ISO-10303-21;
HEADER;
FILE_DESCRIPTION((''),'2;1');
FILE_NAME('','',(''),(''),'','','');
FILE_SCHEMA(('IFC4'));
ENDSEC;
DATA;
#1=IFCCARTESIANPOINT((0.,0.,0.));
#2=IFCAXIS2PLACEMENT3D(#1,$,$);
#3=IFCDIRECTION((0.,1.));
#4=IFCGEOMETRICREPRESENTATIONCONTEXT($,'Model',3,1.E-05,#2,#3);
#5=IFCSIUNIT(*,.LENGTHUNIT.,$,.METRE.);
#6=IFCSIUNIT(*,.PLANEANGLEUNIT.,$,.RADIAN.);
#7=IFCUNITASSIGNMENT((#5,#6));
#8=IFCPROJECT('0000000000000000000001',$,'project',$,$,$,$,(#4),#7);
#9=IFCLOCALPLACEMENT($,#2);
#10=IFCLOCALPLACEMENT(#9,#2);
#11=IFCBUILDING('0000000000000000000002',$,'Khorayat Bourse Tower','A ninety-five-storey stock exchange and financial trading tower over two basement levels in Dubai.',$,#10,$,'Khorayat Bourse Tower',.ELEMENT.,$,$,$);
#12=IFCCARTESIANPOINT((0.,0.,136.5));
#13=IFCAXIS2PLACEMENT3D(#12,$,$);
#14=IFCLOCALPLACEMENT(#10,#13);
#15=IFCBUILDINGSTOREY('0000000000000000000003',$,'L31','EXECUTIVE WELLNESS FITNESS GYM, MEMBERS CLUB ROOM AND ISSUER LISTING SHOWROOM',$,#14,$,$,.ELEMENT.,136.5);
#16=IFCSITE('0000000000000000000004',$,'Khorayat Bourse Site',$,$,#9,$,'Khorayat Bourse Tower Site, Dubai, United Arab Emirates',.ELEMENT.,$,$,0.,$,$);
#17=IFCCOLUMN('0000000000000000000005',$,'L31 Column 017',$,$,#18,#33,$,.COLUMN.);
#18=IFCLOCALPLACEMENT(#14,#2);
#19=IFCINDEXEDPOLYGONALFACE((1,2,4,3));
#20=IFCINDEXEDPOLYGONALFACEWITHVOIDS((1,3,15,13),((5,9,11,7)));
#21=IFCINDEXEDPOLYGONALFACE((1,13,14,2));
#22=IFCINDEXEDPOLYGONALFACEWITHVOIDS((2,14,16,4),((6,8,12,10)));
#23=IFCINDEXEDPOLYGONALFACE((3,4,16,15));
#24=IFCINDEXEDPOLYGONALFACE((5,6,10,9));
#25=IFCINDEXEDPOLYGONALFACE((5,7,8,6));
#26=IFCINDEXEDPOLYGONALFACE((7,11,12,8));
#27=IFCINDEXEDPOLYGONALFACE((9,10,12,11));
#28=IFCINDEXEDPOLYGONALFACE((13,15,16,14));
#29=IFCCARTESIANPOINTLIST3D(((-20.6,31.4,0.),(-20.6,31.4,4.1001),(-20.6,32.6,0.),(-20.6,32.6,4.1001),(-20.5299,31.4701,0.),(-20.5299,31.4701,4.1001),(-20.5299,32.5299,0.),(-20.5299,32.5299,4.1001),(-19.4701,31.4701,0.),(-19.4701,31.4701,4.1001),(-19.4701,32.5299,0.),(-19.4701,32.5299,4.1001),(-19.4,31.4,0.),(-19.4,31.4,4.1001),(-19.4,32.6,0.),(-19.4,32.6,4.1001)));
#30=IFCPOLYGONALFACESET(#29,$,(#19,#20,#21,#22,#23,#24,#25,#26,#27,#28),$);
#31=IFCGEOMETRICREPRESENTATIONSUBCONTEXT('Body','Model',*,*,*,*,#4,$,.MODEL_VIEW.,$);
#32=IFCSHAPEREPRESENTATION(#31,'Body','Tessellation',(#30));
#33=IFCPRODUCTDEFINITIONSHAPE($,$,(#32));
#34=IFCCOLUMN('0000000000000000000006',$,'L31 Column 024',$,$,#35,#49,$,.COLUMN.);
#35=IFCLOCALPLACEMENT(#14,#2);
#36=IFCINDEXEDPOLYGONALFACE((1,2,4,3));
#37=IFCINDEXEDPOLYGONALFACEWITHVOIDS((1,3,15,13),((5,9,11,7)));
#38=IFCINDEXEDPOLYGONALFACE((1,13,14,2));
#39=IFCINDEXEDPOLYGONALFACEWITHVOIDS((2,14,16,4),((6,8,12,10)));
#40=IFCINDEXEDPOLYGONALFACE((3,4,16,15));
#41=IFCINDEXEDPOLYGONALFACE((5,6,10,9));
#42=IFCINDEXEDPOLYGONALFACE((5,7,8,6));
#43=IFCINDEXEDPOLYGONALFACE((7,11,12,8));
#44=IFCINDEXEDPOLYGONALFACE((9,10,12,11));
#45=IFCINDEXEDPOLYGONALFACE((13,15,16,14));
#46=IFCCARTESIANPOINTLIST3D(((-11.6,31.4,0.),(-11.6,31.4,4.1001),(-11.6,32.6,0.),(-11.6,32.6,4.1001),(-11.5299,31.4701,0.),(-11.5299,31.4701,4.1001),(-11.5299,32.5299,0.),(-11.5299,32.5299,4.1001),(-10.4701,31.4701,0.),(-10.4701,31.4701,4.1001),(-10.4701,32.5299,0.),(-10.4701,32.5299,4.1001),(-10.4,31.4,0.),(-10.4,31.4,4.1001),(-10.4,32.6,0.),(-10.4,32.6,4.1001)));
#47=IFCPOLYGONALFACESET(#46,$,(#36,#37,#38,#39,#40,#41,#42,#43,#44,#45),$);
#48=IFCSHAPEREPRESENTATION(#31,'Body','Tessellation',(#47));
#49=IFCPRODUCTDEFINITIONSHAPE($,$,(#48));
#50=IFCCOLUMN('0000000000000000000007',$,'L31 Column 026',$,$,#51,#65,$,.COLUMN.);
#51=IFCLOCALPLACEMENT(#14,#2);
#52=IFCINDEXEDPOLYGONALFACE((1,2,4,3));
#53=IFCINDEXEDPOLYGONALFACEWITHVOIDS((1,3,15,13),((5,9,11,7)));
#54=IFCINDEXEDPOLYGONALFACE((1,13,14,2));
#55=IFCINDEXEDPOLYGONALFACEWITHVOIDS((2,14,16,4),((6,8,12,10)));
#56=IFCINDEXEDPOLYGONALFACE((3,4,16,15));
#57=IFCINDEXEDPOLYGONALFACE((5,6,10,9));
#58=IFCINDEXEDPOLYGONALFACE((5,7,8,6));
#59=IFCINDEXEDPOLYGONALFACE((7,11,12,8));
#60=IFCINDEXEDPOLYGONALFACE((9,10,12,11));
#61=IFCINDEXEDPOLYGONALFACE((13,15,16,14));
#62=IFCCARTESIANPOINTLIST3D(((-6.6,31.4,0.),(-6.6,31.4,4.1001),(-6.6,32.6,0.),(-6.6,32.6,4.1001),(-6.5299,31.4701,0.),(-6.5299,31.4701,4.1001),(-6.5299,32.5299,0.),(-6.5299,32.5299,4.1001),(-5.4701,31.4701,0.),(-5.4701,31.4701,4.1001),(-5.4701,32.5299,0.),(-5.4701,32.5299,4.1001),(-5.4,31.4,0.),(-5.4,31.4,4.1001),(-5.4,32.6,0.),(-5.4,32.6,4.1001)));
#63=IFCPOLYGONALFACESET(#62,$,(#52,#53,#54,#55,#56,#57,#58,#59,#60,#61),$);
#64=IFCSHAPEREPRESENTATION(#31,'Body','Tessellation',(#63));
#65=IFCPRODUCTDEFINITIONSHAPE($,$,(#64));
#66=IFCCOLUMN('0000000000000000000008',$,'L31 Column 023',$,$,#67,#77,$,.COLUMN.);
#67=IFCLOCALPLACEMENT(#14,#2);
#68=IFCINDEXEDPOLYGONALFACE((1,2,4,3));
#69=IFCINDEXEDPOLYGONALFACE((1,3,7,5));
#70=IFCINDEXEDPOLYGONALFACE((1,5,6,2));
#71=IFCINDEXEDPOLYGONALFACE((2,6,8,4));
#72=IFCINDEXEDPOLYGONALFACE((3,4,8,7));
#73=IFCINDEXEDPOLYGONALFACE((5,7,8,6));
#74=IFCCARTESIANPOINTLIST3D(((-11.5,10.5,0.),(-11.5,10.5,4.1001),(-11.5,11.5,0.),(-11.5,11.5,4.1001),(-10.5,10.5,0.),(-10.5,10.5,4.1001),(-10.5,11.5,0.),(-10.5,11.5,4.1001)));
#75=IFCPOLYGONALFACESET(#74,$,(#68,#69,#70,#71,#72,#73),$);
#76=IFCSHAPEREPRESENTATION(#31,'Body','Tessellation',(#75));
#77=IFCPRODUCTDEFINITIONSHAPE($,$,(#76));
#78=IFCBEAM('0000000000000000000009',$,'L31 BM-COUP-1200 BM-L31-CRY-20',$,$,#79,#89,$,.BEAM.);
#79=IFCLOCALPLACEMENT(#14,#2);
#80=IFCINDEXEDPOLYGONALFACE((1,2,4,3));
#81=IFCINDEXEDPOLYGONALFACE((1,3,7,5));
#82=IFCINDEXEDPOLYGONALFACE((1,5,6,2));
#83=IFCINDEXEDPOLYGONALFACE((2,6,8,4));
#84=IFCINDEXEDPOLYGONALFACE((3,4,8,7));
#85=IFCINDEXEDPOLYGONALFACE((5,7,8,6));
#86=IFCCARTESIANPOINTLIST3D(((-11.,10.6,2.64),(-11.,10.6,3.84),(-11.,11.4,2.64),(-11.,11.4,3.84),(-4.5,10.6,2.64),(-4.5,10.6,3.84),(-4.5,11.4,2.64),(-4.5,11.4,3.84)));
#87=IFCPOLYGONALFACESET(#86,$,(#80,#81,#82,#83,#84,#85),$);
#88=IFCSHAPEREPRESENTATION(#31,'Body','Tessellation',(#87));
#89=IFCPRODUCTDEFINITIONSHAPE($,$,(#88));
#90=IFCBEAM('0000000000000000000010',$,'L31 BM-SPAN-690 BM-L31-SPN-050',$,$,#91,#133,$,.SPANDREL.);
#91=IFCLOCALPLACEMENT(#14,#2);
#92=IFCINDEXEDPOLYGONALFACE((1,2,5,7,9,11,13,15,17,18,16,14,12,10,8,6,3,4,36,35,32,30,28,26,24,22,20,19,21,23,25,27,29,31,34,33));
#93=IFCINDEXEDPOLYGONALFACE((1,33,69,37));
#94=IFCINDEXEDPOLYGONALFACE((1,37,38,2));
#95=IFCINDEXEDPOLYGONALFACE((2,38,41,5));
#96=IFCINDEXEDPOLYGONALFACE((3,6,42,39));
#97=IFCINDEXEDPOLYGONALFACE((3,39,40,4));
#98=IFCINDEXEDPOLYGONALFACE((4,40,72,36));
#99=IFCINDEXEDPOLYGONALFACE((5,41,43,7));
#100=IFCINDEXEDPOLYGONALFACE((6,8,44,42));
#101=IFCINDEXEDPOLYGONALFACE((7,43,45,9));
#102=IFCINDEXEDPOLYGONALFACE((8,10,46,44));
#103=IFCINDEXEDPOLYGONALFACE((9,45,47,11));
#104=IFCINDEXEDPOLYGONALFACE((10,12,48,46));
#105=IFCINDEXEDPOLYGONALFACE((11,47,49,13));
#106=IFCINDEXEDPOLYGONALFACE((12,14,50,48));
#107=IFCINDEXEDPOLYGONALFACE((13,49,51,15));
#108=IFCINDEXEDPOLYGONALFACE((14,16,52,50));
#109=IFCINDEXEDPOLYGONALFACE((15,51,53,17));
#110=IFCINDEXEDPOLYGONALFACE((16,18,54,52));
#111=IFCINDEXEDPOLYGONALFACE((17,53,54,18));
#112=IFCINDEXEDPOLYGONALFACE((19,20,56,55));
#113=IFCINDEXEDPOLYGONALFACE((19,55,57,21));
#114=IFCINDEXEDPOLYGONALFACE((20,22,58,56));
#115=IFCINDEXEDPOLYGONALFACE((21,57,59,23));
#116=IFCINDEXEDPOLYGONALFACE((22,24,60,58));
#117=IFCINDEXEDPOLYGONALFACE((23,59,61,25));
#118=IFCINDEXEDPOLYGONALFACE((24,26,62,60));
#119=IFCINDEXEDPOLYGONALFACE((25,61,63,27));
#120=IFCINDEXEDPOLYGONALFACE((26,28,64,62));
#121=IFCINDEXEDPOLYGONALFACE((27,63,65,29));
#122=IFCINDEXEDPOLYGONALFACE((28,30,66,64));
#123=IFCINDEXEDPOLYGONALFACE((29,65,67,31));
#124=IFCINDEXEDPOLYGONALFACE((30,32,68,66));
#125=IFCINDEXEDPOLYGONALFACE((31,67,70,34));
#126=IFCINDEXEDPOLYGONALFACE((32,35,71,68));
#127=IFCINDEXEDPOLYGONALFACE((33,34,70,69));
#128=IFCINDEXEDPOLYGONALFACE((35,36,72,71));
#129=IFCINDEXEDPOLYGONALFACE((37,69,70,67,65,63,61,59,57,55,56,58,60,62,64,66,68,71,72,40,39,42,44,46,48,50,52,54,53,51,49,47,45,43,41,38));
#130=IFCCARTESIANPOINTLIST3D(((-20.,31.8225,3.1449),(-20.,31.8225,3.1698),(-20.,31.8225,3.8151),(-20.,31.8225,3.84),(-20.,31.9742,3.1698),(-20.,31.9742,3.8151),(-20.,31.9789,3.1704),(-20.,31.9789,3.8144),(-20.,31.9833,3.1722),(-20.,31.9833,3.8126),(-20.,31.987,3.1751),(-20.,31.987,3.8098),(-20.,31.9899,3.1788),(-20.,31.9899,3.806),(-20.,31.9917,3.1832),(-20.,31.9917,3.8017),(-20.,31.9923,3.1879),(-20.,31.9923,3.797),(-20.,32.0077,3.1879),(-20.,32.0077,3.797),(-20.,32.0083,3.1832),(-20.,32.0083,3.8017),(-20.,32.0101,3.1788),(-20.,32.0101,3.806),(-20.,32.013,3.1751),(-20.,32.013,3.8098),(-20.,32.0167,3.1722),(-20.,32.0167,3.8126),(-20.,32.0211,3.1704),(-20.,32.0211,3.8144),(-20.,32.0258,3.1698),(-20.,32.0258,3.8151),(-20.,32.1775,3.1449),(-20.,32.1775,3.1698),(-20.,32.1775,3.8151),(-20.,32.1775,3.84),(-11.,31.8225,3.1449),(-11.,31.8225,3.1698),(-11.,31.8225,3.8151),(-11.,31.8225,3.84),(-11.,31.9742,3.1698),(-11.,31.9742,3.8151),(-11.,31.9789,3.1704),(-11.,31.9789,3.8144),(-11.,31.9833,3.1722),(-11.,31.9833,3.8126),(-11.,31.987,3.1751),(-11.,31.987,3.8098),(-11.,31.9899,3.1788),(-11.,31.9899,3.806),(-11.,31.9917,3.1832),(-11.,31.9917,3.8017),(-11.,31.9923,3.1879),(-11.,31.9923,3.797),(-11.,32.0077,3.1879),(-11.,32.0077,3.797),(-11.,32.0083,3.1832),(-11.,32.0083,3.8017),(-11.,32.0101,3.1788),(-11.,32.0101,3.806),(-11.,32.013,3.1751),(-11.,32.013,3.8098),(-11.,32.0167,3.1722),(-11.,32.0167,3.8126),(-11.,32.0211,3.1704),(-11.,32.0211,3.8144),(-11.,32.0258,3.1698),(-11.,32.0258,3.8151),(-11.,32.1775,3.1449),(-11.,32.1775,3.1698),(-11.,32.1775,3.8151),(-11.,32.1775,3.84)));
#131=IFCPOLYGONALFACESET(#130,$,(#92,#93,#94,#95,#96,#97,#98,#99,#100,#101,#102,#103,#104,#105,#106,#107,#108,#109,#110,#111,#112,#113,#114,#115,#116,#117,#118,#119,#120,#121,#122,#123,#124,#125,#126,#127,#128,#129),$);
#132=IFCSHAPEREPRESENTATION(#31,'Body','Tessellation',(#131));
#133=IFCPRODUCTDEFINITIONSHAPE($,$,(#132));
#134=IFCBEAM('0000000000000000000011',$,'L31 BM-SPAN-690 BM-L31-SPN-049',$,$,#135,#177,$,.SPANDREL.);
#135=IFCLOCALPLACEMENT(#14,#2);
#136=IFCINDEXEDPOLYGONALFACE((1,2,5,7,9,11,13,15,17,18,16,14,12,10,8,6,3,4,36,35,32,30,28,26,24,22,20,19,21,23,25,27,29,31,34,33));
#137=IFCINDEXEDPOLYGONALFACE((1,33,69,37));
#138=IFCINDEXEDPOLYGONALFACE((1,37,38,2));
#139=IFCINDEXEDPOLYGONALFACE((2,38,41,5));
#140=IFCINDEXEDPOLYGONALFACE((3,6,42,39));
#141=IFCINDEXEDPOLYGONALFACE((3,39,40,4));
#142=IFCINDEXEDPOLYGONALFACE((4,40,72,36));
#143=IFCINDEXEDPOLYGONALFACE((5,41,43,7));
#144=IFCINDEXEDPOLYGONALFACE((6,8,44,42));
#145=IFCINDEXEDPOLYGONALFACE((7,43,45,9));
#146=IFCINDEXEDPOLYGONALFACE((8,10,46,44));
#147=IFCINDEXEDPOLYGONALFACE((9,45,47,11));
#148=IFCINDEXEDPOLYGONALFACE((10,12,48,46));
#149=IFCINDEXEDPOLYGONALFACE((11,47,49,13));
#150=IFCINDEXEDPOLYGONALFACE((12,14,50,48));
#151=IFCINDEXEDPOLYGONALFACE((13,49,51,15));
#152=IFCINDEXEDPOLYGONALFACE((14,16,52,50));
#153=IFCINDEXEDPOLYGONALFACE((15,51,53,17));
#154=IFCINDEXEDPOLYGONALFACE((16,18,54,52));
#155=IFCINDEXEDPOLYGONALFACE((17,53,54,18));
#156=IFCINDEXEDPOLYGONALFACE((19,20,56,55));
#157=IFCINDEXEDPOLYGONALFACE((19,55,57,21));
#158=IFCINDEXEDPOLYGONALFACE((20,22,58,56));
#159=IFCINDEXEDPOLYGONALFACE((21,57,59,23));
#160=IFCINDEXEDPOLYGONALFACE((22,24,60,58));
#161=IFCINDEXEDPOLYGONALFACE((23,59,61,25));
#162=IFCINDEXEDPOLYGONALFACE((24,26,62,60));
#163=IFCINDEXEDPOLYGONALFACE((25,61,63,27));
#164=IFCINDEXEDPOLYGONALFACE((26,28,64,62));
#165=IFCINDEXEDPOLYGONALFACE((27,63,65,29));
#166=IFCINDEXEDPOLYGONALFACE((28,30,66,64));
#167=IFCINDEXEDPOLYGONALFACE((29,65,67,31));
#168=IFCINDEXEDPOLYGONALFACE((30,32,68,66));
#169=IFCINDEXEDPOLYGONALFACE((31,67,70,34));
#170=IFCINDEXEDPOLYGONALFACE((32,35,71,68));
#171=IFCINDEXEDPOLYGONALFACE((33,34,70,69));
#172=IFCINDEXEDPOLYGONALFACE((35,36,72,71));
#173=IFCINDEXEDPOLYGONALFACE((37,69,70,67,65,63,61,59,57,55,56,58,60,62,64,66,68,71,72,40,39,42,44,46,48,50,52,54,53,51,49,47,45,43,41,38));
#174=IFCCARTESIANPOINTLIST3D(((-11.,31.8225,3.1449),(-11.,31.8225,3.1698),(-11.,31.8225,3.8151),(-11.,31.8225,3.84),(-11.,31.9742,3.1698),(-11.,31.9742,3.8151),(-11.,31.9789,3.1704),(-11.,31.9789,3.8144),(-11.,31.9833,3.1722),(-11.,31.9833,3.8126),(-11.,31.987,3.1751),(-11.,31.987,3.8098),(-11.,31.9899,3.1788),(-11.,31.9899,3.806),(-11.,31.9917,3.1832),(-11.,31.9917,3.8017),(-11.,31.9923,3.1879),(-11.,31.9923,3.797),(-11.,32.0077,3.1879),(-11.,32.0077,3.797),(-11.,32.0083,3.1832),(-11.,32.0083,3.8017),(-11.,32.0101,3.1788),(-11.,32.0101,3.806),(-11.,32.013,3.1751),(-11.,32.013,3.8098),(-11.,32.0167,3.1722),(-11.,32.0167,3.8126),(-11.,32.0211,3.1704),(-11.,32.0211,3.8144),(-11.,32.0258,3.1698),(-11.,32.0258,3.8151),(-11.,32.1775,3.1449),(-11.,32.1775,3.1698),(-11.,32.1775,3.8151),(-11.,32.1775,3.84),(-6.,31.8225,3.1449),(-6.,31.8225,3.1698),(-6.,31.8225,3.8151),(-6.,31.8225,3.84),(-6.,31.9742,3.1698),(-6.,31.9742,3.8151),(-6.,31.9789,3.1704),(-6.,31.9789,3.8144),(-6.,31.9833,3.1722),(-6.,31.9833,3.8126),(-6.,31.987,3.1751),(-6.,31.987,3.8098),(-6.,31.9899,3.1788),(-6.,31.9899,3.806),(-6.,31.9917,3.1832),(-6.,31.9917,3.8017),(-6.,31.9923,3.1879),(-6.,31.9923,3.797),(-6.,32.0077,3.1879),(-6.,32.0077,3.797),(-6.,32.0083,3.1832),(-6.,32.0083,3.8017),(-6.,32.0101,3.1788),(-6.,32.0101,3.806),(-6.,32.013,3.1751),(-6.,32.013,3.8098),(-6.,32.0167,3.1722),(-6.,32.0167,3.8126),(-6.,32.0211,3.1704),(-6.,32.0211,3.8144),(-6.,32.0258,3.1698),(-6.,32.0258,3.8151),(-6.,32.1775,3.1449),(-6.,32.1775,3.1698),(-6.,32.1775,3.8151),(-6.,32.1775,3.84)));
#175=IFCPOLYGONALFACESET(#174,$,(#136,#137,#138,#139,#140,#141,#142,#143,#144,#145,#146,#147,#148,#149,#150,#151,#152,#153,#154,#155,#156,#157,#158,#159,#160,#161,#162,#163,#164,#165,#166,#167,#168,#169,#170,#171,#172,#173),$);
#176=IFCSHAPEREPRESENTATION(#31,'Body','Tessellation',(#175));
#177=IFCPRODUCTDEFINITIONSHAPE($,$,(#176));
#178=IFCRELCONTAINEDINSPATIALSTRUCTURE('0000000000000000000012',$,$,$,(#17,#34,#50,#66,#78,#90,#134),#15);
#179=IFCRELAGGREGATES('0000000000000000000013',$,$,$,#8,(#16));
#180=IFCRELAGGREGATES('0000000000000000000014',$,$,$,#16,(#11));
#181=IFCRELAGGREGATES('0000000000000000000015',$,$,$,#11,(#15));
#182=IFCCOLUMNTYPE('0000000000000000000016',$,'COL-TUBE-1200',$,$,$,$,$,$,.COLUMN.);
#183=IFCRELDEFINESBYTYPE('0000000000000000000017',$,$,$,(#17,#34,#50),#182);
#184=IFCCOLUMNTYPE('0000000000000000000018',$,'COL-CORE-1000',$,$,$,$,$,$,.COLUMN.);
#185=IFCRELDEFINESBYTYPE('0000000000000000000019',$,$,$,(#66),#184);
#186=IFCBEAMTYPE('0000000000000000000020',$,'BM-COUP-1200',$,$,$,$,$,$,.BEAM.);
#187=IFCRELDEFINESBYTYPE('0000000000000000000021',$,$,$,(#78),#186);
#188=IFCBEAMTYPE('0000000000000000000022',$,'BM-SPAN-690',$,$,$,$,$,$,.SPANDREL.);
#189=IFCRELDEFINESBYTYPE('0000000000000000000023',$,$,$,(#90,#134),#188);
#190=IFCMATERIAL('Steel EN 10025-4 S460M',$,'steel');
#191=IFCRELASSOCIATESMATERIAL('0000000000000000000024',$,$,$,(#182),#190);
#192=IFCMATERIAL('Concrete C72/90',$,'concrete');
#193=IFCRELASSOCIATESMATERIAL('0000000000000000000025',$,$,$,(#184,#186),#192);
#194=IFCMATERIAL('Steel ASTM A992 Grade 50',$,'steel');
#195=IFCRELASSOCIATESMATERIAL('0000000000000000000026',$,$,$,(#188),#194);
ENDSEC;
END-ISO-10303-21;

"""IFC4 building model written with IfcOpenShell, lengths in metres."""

from ifc_helpers import new_model, si_unit, direction, frame, origin, origin_2d, place, context, subcontext, project, spatial, rectangle, hollow_rectangle, i_section, extrude, source, transform, mapped, material, material_profile, profile_set, type_object, element, save


model = new_model("IFC4")

# Units and contexts
model_context = context("Model", 3, precision=1e-05, world=origin(), true_north=direction((0.0, 1.0)))
body_context = subcontext(model_context, "Body", "Model", "MODEL_VIEW")
ifc_project = project(units=[si_unit("LENGTHUNIT", "METRE"), si_unit("PLANEANGLEUNIT", "RADIAN")], contexts=[model_context])

# Site, building, storey
site_placement = place(None, origin())
site = spatial("IfcSite", under=ifc_project, at=site_placement, Name="Khorayat Bourse Site", LongName="Khorayat Bourse Tower Site, Dubai, United Arab Emirates", CompositionType="ELEMENT", RefElevation=0.0)
building_placement = place(site_placement, origin())
building = spatial("IfcBuilding", under=site, at=building_placement, Name="Khorayat Bourse Tower", Description="A ninety-five-storey stock exchange and financial trading tower over two basement levels in Dubai.", LongName="Khorayat Bourse Tower", CompositionType="ELEMENT")
storey_placement = place(building_placement, frame((0.0, 0.0, 136.5)))
storey = spatial("IfcBuildingStorey", under=building, at=storey_placement, Name="L31", Description="EXECUTIVE WELLNESS FITNESS GYM, MEMBERS CLUB ROOM AND ISSUER LISTING SHOWROOM", CompositionType="ELEMENT", Elevation=136.5)

# Columns
ifc_material_1 = material(Name="Steel EN 10025-4 S460M", Category="steel")
ifc_material_profile_1 = material_profile(ifc_material_1, hollow_rectangle(XDim=1.2, YDim=1.2, WallThickness=0.0701, at=origin_2d()), Name="BOX 1200x1200x70")
ifc_profile_set_1 = profile_set([ifc_material_profile_1], Name="Steel EN 10025-4 S460M")
column_type_1 = type_object("IfcColumnType", Name="COL-TUBE-1200", PredefinedType="COLUMN", material=ifc_profile_set_1)
shared_shape_1 = source(origin(), body_context, "Body", "SweptSolid", [
    extrude(hollow_rectangle(XDim=1.2, YDim=1.2, WallThickness=0.0701, at=origin_2d()), origin(), (0.0, 0.0, 1.0), 4.1001),
])
for number, where, z_axis, x_axis, name in (
    (1, (-20.0, 32.0, 0.0), (0.0, 0.0, 1.0), (1.0, 0.0, 0.0), "L31 Column 017"),
    (2, (-11.0, 32.0, 0.0), (0.0, 0.0, 1.0), (1.0, 0.0, 0.0), "L31 Column 024"),
    (3, (-6.0, 32.0, 0.0), (0.0, 0.0, 1.0), (1.0, 0.0, 0.0), "L31 Column 026"),
):
    element("IfcColumn", number, at=place(storey_placement, frame(where, z_axis=z_axis, x_axis=x_axis)), inside=storey, type_object=column_type_1, Name=name, PredefinedType="COLUMN", context=body_context, shape_type="MappedRepresentation", body=[
        mapped(shared_shape_1, transform((0.0, 0.0, 0.0), scale=1.0)),
    ])
ifc_material_2 = material(Name="Concrete C72/90", Category="concrete")
ifc_material_profile_2 = material_profile(ifc_material_2, rectangle(XDim=1.0, YDim=1.0, at=origin_2d()), Name="RC 1000x1000")
ifc_profile_set_2 = profile_set([ifc_material_profile_2], Name="Concrete C72/90")
column_type_2 = type_object("IfcColumnType", Name="COL-CORE-1000", PredefinedType="COLUMN", material=ifc_profile_set_2)
shared_shape_2 = source(origin(), body_context, "Body", "SweptSolid", [
    extrude(rectangle(XDim=1.0, YDim=1.0, at=origin_2d()), origin(), (0.0, 0.0, 1.0), 4.1001),
])
column_placement = place(storey_placement, frame((-11.0, 11.0, 0.0), z_axis=(0.0, 0.0, 1.0), x_axis=(1.0, 0.0, 0.0)))
element("IfcColumn", 4, at=column_placement, inside=storey, type_object=column_type_2, Name="L31 Column 023", PredefinedType="COLUMN", context=body_context, shape_type="MappedRepresentation", body=[
    mapped(shared_shape_2, transform((0.0, 0.0, 0.0), scale=1.0)),
])

# Beams
ifc_material_profile_3 = material_profile(ifc_material_2, rectangle(XDim=0.8, YDim=1.2, at=origin_2d()), Name="RC 800x1200")
ifc_profile_set_3 = profile_set([ifc_material_profile_3], Name="Concrete C72/90")
beam_type_1 = type_object("IfcBeamType", Name="BM-COUP-1200", PredefinedType="BEAM", material=ifc_profile_set_3)
shared_shape_3 = source(origin(), body_context, "Body", "SweptSolid", [
    extrude(rectangle(XDim=0.8, YDim=1.2, at=origin_2d()), origin(), (0.0, 0.0, 1.0), 6.5),
])
beam_1_placement = place(storey_placement, frame((-11.0, 11.0, 3.24), z_axis=(1.0, 0.0, 0.0), x_axis=(0.0, 1.0, 0.0)))
element("IfcBeam", 5, at=beam_1_placement, inside=storey, type_object=beam_type_1, Name="L31 BM-COUP-1200 BM-L31-CRY-20", PredefinedType="BEAM", context=body_context, shape_type="MappedRepresentation", body=[
    mapped(shared_shape_3, transform((0.0, 0.0, 0.0), scale=1.0)),
])
ifc_material_3 = material(Name="Steel ASTM A992 Grade 50", Category="steel")
ifc_material_profile_4 = material_profile(ifc_material_3, i_section(OverallWidth=0.355, OverallDepth=0.6951, WebThickness=0.0154, FlangeThickness=0.0249, FilletRadius=0.0181, at=origin_2d()), Name="W690X217")
ifc_profile_set_4 = profile_set([ifc_material_profile_4], Name="Steel ASTM A992 Grade 50")
beam_type_2 = type_object("IfcBeamType", Name="BM-SPAN-690", PredefinedType="SPANDREL", material=ifc_profile_set_4)
shared_shape_4 = source(origin(), body_context, "Body", "SweptSolid", [
    extrude(i_section(OverallWidth=0.355, OverallDepth=0.6951, WebThickness=0.0154, FlangeThickness=0.0249, FilletRadius=0.0181, at=origin_2d()), origin(), (0.0, 0.0, 1.0), 9.0),
])
beam_2_placement = place(storey_placement, frame((-20.0, 32.0, 3.4924), z_axis=(1.0, 0.0, 0.0), x_axis=(0.0, 1.0, 0.0)))
element("IfcBeam", 6, at=beam_2_placement, inside=storey, type_object=beam_type_2, Name="L31 BM-SPAN-690 BM-L31-SPN-050", PredefinedType="SPANDREL", context=body_context, shape_type="MappedRepresentation", body=[
    mapped(shared_shape_4, transform((0.0, 0.0, 0.0), scale=1.0)),
])
shared_shape_5 = source(origin(), body_context, "Body", "SweptSolid", [
    extrude(i_section(OverallWidth=0.355, OverallDepth=0.6951, WebThickness=0.0154, FlangeThickness=0.0249, FilletRadius=0.0181, at=origin_2d()), origin(), (0.0, 0.0, 1.0), 5.0),
])
beam_3_placement = place(storey_placement, frame((-11.0, 32.0, 3.4924), z_axis=(1.0, 0.0, 0.0), x_axis=(0.0, 1.0, 0.0)))
element("IfcBeam", 7, at=beam_3_placement, inside=storey, type_object=beam_type_2, Name="L31 BM-SPAN-690 BM-L31-SPN-049", PredefinedType="SPANDREL", context=body_context, shape_type="MappedRepresentation", body=[
    mapped(shared_shape_5, transform((0.0, 0.0, 0.0), scale=1.0)),
])

save(model, "model.ifc")
